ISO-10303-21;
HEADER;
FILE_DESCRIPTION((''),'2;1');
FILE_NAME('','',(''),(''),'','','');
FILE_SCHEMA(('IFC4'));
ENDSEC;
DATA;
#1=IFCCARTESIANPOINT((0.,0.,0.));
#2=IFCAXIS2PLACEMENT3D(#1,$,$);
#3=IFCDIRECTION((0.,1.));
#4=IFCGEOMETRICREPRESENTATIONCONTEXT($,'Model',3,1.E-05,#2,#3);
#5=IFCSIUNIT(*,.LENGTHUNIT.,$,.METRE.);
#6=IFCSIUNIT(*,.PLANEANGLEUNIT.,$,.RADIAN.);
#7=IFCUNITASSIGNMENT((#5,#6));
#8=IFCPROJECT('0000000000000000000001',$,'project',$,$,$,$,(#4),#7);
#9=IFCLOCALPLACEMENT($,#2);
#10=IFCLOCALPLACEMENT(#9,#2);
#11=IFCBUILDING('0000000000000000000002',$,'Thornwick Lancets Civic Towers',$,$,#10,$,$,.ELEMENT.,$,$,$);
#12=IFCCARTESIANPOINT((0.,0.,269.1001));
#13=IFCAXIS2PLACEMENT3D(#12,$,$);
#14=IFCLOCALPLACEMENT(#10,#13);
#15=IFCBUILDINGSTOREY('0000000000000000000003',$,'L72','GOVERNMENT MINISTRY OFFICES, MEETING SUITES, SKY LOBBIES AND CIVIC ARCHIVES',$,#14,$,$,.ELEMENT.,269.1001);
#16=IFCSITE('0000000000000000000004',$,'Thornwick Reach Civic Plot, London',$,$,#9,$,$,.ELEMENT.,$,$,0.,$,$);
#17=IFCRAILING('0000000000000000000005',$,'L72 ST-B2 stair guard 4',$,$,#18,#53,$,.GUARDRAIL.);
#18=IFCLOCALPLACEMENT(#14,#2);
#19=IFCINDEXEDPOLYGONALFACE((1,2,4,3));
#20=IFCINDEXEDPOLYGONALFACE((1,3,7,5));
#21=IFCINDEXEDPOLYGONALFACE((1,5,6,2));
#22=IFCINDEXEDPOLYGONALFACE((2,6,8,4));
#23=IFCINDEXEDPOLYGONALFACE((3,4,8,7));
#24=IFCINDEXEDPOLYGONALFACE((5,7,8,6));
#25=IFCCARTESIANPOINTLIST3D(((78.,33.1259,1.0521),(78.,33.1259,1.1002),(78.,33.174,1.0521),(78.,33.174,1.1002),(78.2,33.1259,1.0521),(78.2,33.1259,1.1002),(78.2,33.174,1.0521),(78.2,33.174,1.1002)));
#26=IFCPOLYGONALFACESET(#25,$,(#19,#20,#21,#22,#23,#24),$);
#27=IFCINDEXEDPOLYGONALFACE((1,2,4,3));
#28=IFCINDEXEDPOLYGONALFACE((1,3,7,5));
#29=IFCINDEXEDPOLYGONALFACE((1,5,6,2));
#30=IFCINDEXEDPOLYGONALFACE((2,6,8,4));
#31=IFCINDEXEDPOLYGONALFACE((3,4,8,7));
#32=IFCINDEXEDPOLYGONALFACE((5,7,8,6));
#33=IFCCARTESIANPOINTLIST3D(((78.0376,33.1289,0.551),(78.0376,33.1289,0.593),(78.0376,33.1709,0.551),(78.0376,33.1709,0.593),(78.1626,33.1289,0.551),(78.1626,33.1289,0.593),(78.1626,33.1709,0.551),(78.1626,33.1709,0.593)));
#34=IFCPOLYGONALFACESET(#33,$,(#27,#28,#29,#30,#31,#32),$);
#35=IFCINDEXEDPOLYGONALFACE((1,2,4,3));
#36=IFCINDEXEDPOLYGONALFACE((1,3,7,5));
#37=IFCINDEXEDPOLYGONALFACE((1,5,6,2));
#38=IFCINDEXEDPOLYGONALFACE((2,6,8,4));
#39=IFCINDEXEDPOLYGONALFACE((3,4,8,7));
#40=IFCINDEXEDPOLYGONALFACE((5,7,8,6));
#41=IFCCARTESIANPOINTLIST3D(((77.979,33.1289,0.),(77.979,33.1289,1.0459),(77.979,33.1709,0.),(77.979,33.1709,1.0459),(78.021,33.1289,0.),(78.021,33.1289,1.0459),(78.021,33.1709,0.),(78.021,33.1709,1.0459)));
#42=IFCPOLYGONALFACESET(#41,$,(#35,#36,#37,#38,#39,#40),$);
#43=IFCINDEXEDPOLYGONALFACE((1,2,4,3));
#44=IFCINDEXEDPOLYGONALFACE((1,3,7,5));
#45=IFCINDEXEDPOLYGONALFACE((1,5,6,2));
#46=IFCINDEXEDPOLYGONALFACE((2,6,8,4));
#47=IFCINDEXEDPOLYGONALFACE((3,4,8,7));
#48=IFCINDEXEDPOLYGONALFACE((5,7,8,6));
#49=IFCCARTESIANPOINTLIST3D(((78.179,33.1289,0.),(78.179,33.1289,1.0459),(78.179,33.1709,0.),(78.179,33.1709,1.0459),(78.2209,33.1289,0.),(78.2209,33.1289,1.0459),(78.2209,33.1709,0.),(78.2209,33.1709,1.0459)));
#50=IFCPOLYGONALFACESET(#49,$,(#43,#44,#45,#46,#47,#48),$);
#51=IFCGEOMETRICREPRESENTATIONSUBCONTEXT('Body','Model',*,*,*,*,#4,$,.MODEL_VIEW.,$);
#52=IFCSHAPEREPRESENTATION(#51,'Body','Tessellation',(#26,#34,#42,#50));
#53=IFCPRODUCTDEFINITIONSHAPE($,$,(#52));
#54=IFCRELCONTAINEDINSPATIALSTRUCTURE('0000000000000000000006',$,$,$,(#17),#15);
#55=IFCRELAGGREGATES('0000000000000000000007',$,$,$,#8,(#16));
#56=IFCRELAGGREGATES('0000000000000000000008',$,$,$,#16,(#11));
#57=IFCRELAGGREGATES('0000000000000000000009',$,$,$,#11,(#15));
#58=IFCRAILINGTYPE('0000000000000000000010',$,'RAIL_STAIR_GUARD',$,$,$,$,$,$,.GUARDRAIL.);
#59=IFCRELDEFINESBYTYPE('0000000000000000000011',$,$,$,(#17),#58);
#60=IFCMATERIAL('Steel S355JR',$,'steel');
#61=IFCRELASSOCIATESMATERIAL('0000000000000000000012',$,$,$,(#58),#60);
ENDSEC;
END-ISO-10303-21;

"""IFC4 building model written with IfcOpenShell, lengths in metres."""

from ifc_helpers import new_model, si_unit, direction, frame, origin, origin_2d, place, context, subcontext, project, spatial, rectangle, extrude, material, type_object, element, save


model = new_model("IFC4")

# Units and contexts
model_context = context("Model", 3, precision=1e-05, world=origin(), true_north=direction((0.0, 1.0)))
body_context = subcontext(model_context, "Body", "Model", "MODEL_VIEW")
ifc_project = project(units=[si_unit("LENGTHUNIT", "METRE"), si_unit("PLANEANGLEUNIT", "RADIAN")], contexts=[model_context])

# Site, building, storey
site_placement = place(None, origin())
site = spatial("IfcSite", under=ifc_project, at=site_placement, Name="Thornwick Reach Civic Plot, London", CompositionType="ELEMENT", RefElevation=0.0)
building_placement = place(site_placement, origin())
building = spatial("IfcBuilding", under=site, at=building_placement, Name="Thornwick Lancets Civic Towers", CompositionType="ELEMENT")
storey_placement = place(building_placement, frame((0.0, 0.0, 269.1001)))
storey = spatial("IfcBuildingStorey", under=building, at=storey_placement, Name="L72", Description="GOVERNMENT MINISTRY OFFICES, MEETING SUITES, SKY LOBBIES AND CIVIC ARCHIVES", CompositionType="ELEMENT", Elevation=269.1001)

# Shared definitions
ifc_material_1 = material(Name="Steel S355JR", Category="steel")

# Railing
railing_type_1 = type_object("IfcRailingType", Name="RAIL_STAIR_GUARD", PredefinedType="GUARDRAIL", material=ifc_material_1)
for number, where, name in (
    (1, (78.0, 33.1499, 0.0), "L72 ST-B2 stair guard 4"),
):
    element("IfcRailing", number, at=place(storey_placement, frame(where)), inside=storey, type_object=railing_type_1, Name=name, PredefinedType="GUARDRAIL", context=body_context, shape_type="SweptSolid", body=[
        extrude(rectangle(XDim=0.0481, YDim=0.0481, at=origin_2d()), frame((0.0, 0.0, 1.0762), z_axis=(1.0, 0.0, 0.0), x_axis=(0.0, 1.0, 0.0)), (0.0, 0.0, 1.0), 0.2),
        extrude(rectangle(XDim=0.042, YDim=0.042, at=origin_2d()), frame((0.0376, 0.0, 0.572), z_axis=(1.0, 0.0, 0.0), x_axis=(0.0, 1.0, 0.0)), (0.0, 0.0, 1.0), 0.125),
        extrude(rectangle(XDim=0.042, YDim=0.042, at=origin_2d()), origin(), (0.0, 0.0, 1.0), 1.0459),
        extrude(rectangle(XDim=0.042, YDim=0.042, at=origin_2d()), frame((0.2, 0.0, 0.0)), (0.0, 0.0, 1.0), 1.0459),
    ])

save(model, "model.ifc")
